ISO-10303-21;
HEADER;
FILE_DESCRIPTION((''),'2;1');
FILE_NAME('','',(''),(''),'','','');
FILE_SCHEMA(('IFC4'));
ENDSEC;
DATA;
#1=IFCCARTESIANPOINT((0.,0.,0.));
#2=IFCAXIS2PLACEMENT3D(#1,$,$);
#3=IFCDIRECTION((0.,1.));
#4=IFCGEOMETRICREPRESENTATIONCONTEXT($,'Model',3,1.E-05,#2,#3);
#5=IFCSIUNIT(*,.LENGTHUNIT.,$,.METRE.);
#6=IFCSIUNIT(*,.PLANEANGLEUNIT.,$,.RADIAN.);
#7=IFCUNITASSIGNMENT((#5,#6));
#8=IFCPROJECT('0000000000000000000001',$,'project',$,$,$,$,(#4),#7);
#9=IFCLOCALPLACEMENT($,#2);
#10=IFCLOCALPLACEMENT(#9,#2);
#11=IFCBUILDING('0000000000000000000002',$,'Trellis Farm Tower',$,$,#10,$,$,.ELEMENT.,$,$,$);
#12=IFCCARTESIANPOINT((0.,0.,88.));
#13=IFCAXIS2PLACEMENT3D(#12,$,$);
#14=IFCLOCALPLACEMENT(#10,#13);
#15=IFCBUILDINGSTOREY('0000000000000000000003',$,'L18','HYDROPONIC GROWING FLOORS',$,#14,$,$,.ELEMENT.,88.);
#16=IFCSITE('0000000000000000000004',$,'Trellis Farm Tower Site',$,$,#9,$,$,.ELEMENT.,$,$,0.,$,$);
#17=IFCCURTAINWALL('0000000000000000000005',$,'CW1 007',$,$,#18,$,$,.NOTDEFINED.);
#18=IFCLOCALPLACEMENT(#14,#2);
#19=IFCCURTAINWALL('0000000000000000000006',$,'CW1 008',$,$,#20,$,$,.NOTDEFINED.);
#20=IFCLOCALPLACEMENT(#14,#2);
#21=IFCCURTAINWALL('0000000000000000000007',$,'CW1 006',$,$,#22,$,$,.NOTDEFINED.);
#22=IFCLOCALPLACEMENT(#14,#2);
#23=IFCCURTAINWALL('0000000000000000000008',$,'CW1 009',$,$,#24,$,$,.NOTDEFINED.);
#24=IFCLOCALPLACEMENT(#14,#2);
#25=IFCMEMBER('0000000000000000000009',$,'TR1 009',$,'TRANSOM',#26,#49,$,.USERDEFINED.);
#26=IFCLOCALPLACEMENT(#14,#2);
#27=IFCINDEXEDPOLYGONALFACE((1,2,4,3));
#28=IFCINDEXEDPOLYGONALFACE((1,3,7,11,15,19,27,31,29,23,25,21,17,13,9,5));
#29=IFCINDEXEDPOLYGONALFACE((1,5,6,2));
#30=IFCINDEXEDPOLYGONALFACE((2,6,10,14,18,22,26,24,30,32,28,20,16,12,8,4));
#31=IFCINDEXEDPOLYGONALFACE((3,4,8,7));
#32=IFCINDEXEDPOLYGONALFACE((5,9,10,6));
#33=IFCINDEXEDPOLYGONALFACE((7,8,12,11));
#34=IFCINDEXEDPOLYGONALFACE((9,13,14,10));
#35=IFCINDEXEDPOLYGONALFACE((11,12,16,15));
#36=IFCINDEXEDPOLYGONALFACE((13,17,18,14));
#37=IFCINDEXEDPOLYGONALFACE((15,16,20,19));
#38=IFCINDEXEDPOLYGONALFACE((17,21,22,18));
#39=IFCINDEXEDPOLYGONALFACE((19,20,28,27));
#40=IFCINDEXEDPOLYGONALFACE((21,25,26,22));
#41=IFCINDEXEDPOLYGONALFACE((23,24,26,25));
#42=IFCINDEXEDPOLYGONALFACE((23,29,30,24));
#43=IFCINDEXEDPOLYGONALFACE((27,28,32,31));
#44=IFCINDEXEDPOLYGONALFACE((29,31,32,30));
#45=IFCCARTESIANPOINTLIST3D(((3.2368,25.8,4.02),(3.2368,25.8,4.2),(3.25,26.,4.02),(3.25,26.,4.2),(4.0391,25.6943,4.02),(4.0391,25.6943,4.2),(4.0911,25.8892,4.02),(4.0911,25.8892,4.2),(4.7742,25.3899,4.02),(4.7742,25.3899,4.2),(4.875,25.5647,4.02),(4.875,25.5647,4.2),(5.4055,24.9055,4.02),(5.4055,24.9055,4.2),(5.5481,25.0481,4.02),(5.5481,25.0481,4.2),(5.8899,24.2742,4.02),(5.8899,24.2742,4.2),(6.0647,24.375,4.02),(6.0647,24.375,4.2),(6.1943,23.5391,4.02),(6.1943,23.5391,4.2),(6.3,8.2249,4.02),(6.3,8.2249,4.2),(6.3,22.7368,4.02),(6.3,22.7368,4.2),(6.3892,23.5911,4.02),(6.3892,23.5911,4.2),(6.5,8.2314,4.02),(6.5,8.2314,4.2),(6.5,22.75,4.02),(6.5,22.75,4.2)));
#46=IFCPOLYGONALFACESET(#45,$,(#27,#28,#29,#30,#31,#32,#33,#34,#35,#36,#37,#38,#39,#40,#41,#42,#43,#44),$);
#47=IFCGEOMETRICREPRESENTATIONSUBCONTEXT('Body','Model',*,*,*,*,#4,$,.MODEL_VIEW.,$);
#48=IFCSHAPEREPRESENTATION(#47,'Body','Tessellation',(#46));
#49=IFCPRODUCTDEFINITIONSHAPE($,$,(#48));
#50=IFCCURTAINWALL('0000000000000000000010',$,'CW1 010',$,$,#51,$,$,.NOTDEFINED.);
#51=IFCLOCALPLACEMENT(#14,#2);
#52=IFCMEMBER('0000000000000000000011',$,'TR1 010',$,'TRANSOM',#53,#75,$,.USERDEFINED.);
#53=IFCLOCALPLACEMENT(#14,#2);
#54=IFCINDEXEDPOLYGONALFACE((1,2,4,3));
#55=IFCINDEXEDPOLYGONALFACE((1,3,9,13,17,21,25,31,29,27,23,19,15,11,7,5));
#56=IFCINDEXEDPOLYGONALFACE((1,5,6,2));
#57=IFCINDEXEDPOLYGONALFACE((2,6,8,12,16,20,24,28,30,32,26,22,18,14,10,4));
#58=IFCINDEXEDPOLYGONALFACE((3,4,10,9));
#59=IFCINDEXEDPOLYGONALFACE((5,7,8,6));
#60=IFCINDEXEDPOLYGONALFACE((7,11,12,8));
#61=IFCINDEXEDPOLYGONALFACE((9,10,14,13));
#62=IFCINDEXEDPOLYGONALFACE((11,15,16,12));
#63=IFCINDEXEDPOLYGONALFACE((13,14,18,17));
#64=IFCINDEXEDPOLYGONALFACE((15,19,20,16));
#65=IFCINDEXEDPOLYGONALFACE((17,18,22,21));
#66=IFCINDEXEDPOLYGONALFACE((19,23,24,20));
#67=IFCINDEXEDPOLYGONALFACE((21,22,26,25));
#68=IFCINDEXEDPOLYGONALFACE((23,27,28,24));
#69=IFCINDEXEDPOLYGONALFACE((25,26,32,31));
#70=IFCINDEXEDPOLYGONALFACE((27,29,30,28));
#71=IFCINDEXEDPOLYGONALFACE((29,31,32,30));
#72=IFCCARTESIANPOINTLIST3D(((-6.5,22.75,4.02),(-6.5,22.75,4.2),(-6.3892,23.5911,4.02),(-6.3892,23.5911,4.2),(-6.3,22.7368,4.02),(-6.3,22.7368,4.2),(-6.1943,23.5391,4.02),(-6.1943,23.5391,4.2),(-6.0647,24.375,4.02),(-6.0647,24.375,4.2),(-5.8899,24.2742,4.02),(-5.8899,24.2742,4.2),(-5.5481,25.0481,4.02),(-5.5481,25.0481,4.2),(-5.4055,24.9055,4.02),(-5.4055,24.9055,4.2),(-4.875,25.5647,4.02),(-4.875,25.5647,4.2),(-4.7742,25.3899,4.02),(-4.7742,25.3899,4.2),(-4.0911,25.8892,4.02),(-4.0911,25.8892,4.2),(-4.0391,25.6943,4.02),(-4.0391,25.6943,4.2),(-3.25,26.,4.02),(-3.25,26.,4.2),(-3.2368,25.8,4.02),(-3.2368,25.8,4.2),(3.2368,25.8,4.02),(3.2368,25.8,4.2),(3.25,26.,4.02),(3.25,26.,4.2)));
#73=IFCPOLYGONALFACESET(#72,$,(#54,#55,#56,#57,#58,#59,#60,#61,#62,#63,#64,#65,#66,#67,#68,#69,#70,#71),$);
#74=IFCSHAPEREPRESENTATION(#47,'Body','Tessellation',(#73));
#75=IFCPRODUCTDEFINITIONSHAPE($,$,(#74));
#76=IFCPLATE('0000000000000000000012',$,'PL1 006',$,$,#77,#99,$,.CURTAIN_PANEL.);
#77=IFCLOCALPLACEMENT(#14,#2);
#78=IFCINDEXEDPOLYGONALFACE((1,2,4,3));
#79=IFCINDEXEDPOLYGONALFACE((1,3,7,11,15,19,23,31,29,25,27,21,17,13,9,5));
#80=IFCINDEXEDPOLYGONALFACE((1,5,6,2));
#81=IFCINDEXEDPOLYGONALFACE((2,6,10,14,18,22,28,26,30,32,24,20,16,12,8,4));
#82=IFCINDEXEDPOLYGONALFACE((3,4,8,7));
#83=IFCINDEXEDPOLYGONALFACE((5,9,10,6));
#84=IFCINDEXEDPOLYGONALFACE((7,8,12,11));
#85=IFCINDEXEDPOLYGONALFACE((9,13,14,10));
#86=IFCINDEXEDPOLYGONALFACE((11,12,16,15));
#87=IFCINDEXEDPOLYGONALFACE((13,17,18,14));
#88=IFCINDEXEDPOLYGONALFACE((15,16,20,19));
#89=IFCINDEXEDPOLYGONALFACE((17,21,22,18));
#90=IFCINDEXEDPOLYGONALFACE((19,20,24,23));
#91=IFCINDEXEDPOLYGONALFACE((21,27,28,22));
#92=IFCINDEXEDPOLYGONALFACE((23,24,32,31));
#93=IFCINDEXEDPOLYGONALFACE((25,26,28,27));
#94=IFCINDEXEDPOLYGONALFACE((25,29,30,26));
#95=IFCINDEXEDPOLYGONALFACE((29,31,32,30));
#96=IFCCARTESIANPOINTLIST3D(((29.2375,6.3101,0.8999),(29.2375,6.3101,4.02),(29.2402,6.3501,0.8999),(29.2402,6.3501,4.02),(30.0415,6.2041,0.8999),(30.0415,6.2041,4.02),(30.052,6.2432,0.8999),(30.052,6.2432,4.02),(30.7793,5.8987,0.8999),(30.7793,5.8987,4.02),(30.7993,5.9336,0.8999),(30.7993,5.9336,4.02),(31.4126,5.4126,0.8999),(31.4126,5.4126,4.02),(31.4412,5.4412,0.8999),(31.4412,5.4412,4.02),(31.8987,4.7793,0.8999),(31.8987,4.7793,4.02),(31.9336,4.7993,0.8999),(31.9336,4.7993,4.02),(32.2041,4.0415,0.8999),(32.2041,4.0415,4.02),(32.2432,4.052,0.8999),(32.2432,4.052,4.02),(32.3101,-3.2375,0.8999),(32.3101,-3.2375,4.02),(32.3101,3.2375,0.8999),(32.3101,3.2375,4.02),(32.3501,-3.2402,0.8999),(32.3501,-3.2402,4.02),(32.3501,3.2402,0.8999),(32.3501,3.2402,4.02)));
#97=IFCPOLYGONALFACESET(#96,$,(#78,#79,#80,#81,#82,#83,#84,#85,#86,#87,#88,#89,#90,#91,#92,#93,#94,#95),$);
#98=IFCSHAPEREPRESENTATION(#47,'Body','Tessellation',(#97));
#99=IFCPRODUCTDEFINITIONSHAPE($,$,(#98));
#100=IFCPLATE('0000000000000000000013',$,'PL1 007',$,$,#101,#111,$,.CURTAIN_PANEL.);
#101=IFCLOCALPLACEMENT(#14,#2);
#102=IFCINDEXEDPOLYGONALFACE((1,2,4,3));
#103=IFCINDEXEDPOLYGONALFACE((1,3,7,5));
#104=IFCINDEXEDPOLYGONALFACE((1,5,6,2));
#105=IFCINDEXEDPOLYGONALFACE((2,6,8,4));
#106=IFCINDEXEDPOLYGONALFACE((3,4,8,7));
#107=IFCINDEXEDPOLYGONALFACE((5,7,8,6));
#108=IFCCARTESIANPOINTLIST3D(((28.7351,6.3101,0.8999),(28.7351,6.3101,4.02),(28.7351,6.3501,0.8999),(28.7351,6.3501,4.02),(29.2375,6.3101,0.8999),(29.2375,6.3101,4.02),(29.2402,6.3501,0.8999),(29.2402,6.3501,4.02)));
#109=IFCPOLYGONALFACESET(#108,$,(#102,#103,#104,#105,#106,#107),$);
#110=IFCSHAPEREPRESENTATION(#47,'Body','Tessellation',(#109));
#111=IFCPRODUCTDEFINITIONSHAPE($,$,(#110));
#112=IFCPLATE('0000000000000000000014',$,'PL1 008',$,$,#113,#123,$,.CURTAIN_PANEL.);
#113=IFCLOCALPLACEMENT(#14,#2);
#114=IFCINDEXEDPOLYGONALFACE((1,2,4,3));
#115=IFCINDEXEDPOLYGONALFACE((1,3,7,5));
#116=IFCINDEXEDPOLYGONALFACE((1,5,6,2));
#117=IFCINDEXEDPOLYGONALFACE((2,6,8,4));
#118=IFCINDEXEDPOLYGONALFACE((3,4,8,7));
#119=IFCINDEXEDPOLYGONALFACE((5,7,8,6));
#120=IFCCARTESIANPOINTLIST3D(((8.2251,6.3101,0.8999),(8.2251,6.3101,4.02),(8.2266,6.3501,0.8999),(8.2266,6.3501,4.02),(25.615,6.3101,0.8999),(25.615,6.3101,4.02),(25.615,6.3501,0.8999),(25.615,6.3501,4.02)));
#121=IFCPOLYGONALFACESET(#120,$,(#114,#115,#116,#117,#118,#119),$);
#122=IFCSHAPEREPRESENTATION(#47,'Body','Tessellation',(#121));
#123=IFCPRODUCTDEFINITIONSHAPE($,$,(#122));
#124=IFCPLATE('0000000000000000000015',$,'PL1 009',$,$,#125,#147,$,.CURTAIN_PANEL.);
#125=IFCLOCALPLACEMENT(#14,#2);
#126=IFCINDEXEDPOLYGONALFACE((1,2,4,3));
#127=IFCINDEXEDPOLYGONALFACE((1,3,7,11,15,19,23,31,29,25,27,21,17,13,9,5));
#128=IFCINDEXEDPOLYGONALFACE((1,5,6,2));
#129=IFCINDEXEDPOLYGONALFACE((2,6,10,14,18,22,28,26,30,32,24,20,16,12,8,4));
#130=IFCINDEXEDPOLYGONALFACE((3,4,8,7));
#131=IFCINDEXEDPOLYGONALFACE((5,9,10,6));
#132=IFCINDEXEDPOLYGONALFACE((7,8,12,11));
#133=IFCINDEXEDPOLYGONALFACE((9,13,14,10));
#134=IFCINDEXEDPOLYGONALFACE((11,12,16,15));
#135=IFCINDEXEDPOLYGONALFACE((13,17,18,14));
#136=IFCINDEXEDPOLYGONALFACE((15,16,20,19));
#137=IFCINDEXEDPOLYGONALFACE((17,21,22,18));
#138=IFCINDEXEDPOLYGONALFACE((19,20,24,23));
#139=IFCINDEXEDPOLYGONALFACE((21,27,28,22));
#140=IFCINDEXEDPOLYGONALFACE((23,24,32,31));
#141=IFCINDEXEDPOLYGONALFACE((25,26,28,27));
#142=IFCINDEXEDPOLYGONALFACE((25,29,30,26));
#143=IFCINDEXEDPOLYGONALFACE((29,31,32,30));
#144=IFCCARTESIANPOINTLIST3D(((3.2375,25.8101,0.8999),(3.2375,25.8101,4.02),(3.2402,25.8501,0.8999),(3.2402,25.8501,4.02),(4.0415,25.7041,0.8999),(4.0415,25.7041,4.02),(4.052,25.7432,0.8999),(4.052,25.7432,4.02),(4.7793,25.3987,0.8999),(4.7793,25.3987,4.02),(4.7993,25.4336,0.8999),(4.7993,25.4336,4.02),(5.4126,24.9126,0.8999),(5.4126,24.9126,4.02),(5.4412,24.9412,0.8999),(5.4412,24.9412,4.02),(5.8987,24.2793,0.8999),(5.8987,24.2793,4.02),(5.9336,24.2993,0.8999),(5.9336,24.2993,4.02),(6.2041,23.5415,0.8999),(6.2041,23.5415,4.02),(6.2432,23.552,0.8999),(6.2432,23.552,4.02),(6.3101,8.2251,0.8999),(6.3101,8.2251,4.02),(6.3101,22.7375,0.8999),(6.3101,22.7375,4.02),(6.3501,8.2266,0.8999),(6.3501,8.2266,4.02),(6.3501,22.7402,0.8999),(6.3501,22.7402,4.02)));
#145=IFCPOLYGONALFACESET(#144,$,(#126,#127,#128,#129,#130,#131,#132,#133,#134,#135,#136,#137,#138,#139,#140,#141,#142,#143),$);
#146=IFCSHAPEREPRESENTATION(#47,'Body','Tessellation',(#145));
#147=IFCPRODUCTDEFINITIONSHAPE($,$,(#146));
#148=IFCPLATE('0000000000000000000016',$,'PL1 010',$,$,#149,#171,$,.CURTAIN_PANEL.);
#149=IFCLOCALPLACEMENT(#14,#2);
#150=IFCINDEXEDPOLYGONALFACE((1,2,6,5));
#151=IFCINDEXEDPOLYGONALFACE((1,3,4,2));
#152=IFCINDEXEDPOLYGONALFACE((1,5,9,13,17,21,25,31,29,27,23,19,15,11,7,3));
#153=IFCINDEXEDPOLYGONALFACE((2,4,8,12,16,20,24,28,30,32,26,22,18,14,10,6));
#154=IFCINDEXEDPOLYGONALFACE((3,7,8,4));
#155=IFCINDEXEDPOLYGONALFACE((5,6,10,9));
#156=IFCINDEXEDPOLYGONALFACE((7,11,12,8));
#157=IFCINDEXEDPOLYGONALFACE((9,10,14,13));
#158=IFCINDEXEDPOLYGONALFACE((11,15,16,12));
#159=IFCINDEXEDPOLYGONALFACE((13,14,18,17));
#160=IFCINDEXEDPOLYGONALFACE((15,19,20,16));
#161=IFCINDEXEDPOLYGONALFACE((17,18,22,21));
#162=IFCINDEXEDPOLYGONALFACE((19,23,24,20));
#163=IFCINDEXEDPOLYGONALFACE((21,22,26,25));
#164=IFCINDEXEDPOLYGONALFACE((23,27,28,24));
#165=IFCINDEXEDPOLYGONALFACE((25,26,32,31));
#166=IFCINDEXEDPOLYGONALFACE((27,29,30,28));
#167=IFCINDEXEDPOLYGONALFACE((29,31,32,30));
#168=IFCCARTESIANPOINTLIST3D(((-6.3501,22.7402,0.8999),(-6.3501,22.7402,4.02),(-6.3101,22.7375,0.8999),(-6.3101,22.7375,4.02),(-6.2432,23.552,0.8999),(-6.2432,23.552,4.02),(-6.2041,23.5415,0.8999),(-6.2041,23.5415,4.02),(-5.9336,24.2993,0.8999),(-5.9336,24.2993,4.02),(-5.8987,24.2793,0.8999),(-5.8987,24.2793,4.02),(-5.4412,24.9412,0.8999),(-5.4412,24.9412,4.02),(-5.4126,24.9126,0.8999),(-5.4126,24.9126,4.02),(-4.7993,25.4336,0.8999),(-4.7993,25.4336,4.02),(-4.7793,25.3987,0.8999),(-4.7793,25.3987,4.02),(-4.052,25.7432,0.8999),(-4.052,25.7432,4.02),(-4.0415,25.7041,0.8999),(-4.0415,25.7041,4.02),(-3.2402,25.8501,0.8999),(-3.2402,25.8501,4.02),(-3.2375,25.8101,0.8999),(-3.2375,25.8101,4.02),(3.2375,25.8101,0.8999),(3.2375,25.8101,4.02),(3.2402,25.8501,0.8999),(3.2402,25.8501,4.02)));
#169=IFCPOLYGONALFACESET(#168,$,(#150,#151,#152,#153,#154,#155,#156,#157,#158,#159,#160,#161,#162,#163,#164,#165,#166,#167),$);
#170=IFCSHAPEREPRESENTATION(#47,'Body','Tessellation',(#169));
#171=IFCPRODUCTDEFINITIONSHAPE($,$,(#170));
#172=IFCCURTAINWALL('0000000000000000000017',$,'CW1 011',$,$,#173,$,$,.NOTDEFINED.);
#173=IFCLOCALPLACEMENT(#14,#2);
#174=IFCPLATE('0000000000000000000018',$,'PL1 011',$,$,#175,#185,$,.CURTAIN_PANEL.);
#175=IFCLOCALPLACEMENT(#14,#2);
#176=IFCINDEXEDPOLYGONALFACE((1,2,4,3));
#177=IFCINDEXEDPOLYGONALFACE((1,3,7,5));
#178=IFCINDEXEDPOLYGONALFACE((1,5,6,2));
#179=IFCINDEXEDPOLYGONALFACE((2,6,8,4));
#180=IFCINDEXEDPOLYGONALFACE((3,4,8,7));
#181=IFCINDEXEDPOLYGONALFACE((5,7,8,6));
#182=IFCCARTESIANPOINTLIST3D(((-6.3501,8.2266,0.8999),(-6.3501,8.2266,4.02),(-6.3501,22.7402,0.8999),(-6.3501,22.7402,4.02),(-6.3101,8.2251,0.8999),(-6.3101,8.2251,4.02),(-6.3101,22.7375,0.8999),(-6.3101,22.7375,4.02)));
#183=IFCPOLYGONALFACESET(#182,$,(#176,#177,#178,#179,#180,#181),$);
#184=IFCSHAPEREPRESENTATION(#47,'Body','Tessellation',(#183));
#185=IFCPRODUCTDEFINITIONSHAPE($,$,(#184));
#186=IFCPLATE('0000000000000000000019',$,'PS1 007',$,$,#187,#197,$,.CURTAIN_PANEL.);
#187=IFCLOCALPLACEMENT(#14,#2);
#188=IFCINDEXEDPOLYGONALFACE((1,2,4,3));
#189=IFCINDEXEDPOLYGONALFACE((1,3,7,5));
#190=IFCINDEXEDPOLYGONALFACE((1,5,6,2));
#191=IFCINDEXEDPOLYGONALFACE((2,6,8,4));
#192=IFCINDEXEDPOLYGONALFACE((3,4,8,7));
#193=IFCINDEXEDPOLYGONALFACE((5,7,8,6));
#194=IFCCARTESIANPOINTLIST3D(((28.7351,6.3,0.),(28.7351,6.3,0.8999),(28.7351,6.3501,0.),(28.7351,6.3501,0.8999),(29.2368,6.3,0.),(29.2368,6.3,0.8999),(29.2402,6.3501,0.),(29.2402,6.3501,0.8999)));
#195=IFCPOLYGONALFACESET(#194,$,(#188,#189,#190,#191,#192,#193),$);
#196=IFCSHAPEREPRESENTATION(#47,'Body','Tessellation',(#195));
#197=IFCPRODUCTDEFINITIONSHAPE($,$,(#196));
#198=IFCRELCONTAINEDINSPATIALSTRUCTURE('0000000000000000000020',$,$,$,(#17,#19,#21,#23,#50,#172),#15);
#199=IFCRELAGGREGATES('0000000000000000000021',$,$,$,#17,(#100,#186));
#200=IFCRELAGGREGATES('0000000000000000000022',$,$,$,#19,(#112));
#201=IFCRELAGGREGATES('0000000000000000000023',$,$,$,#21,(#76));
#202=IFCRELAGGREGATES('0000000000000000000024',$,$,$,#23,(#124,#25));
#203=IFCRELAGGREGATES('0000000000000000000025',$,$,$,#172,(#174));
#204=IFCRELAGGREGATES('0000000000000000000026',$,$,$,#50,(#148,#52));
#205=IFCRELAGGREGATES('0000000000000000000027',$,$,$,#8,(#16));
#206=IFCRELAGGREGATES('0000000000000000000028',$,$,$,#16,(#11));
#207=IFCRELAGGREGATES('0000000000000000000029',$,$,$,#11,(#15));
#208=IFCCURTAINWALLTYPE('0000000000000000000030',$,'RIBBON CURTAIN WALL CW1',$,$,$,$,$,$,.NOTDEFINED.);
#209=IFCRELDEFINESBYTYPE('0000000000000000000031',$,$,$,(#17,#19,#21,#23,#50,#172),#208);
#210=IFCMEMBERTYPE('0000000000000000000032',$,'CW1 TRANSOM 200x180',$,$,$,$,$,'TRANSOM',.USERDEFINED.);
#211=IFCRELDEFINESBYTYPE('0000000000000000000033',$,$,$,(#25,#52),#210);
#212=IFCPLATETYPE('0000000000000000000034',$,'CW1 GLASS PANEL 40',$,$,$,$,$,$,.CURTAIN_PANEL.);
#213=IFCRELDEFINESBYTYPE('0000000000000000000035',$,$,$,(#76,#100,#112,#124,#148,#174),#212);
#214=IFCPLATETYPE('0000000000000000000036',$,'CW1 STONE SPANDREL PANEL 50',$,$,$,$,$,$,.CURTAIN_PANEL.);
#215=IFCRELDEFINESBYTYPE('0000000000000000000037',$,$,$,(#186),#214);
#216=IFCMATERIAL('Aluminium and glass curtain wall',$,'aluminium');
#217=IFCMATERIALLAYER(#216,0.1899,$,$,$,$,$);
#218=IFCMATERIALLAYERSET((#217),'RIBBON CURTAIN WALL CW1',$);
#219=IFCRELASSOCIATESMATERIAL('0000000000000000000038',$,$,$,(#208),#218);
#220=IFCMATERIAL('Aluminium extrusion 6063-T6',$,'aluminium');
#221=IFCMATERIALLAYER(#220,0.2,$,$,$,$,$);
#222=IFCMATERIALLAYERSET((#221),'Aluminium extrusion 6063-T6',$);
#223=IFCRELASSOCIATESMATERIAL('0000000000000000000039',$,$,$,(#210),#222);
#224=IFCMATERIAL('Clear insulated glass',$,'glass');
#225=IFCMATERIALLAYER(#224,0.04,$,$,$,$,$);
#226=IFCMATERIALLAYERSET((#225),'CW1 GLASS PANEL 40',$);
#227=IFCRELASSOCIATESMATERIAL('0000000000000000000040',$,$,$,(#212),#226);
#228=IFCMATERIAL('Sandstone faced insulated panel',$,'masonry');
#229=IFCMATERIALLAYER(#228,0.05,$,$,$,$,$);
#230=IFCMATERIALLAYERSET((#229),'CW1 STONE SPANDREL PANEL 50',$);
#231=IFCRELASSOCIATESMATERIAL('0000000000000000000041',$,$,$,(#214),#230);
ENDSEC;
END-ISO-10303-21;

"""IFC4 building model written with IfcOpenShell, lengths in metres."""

from ifc_helpers import new_model, si_unit, direction, frame, origin, place, context, subcontext, project, spatial, polyline, outline, extrude, source, transform, mapped, material, layer, layer_set, type_object, element, aggregate, save


model = new_model("IFC4")

# Units and contexts
model_context = context("Model", 3, precision=1e-05, world=origin(), true_north=direction((0.0, 1.0)))
body_context = subcontext(model_context, "Body", "Model", "MODEL_VIEW")
ifc_project = project(units=[si_unit("LENGTHUNIT", "METRE"), si_unit("PLANEANGLEUNIT", "RADIAN")], contexts=[model_context])

# Site, building, storey
site_placement = place(None, origin())
site = spatial("IfcSite", under=ifc_project, at=site_placement, Name="Trellis Farm Tower Site", CompositionType="ELEMENT", RefElevation=0.0)
building_placement = place(site_placement, origin())
building = spatial("IfcBuilding", under=site, at=building_placement, Name="Trellis Farm Tower", CompositionType="ELEMENT")
storey_placement = place(building_placement, frame((0.0, 0.0, 88.0)))
storey = spatial("IfcBuildingStorey", under=building, at=storey_placement, Name="L18", Description="HYDROPONIC GROWING FLOORS", CompositionType="ELEMENT", Elevation=88.0)

# Curtain walls
ifc_material_1 = material(Name="Aluminium and glass curtain wall", Category="aluminium")
ifc_layer_1 = layer(ifc_material_1, 0.1899)
ifc_layer_set_1 = layer_set([ifc_layer_1], Name="RIBBON CURTAIN WALL CW1")
curtain_wall_type_1 = type_object("IfcCurtainWallType", Name="RIBBON CURTAIN WALL CW1", PredefinedType="NOTDEFINED", material=ifc_layer_set_1)
placement_1 = place(storey_placement, origin())
curtain_wall_1 = element("IfcCurtainWall", 1, at=placement_1, inside=storey, type_object=curtain_wall_type_1, Name="CW1 007", PredefinedType="NOTDEFINED")
ifc_material_2 = material(Name="Aluminium extrusion 6063-T6", Category="aluminium")
ifc_layer_2 = layer(ifc_material_2, 0.2)
ifc_layer_set_2 = layer_set([ifc_layer_2], Name="Aluminium extrusion 6063-T6")
member_type_1 = type_object("IfcMemberType", Name="CW1 TRANSOM 200x180", ElementType="TRANSOM", PredefinedType="USERDEFINED", material=ifc_layer_set_2)
placement_2 = place(storey_placement, frame((0.0, 0.0, 4.02)))
curtain_wall_2 = element("IfcCurtainWall", 2, at=placement_1, inside=storey, type_object=curtain_wall_type_1, Name="CW1 008", PredefinedType="NOTDEFINED")

# Curtain walls, members
curtain_wall_3 = element("IfcCurtainWall", 3, at=placement_1, inside=storey, type_object=curtain_wall_type_1, Name="CW1 006", PredefinedType="NOTDEFINED")
curtain_wall_4 = element("IfcCurtainWall", 4, at=placement_1, inside=storey, type_object=curtain_wall_type_1, Name="CW1 009", PredefinedType="NOTDEFINED")
shared_shape_1 = source(origin(), body_context, "Body", "SweptSolid", [
    extrude(outline(polyline([(6.5, 8.2314), (6.5, 22.75), (6.3892, 23.5911), (6.0647, 24.375), (5.5481, 25.0481), (4.875, 25.5647), (4.0911, 25.8892), (3.25, 26.0), (3.2368, 25.8), (4.0391, 25.6943), (4.7742, 25.3899), (5.4055, 24.9055), (5.8899, 24.2742), (6.1943, 23.5391), (6.3, 22.7368), (6.3, 8.2249), (6.5, 8.2314)])), origin(), (0.0, 0.0, 1.0), 0.1799),
])
member_1 = element("IfcMember", 5, at=placement_2, type_object=member_type_1, Name="TR1 009", ObjectType="TRANSOM", PredefinedType="USERDEFINED", context=body_context, shape_type="MappedRepresentation", body=[
    mapped(shared_shape_1, transform((0.0, 0.0, 0.0))),
])
curtain_wall_5 = element("IfcCurtainWall", 6, at=placement_1, inside=storey, type_object=curtain_wall_type_1, Name="CW1 010", PredefinedType="NOTDEFINED")
shared_shape_2 = source(origin(), body_context, "Body", "SweptSolid", [
    extrude(outline(polyline([(3.25, 26.0), (-3.25, 26.0), (-4.0911, 25.8892), (-4.875, 25.5647), (-5.5481, 25.0481), (-6.0647, 24.375), (-6.3892, 23.5911), (-6.5, 22.75), (-6.3, 22.7368), (-6.1943, 23.5391), (-5.8899, 24.2742), (-5.4055, 24.9055), (-4.7742, 25.3899), (-4.0391, 25.6943), (-3.2368, 25.8), (3.2368, 25.8), (3.25, 26.0)])), origin(), (0.0, 0.0, 1.0), 0.1799),
])
member_2 = element("IfcMember", 7, at=placement_2, type_object=member_type_1, Name="TR1 010", ObjectType="TRANSOM", PredefinedType="USERDEFINED", context=body_context, shape_type="MappedRepresentation", body=[
    mapped(shared_shape_2, transform((0.0, 0.0, 0.0))),
])

# Plates
ifc_material_3 = material(Name="Clear insulated glass", Category="glass")
ifc_layer_3 = layer(ifc_material_3, 0.04)
ifc_layer_set_3 = layer_set([ifc_layer_3], Name="CW1 GLASS PANEL 40")
plate_type_1 = type_object("IfcPlateType", Name="CW1 GLASS PANEL 40", PredefinedType="CURTAIN_PANEL", material=ifc_layer_set_3)
placement_3 = place(storey_placement, frame((0.0, 0.0, 0.8999)))
plate_1 = element("IfcPlate", 8, at=placement_3, type_object=plate_type_1, Name="PL1 006", PredefinedType="CURTAIN_PANEL", context=body_context, shape_type="SweptSolid", body=[
    extrude(outline(polyline([(32.3501, -3.2402), (32.3501, 3.2402), (32.2432, 4.052), (31.9336, 4.7993), (31.4412, 5.4412), (30.7993, 5.9336), (30.052, 6.2432), (29.2402, 6.3501), (29.2375, 6.3101), (30.0415, 6.2041), (30.7793, 5.8987), (31.4126, 5.4126), (31.8987, 4.7793), (32.2041, 4.0415), (32.3101, 3.2375), (32.3101, -3.2375), (32.3501, -3.2402)])), origin(), (0.0, 0.0, 1.0), 3.1201),
])
plate_2 = element("IfcPlate", 9, at=placement_3, type_object=plate_type_1, Name="PL1 007", PredefinedType="CURTAIN_PANEL", context=body_context, shape_type="SweptSolid", body=[
    extrude(outline(polyline([(29.2402, 6.3501), (28.7351, 6.3501), (28.7351, 6.3101), (29.2375, 6.3101), (29.2402, 6.3501)])), origin(), (0.0, 0.0, 1.0), 3.1201),
])
plate_3 = element("IfcPlate", 10, at=placement_3, type_object=plate_type_1, Name="PL1 008", PredefinedType="CURTAIN_PANEL", context=body_context, shape_type="SweptSolid", body=[
    extrude(outline(polyline([(25.615, 6.3501), (8.2266, 6.3501), (8.2251, 6.3101), (25.615, 6.3101), (25.615, 6.3501)])), origin(), (0.0, 0.0, 1.0), 3.1201),
])
plate_4 = element("IfcPlate", 11, at=placement_3, type_object=plate_type_1, Name="PL1 009", PredefinedType="CURTAIN_PANEL", context=body_context, shape_type="SweptSolid", body=[
    extrude(outline(polyline([(6.3501, 8.2266), (6.3501, 22.7402), (6.2432, 23.552), (5.9336, 24.2993), (5.4412, 24.9412), (4.7993, 25.4336), (4.052, 25.7432), (3.2402, 25.8501), (3.2375, 25.8101), (4.0415, 25.7041), (4.7793, 25.3987), (5.4126, 24.9126), (5.8987, 24.2793), (6.2041, 23.5415), (6.3101, 22.7375), (6.3101, 8.2251), (6.3501, 8.2266)])), origin(), (0.0, 0.0, 1.0), 3.1201),
])
plate_5 = element("IfcPlate", 12, at=placement_3, type_object=plate_type_1, Name="PL1 010", PredefinedType="CURTAIN_PANEL", context=body_context, shape_type="SweptSolid", body=[
    extrude(outline(polyline([(3.2402, 25.8501), (-3.2402, 25.8501), (-4.052, 25.7432), (-4.7993, 25.4336), (-5.4412, 24.9412), (-5.9336, 24.2993), (-6.2432, 23.552), (-6.3501, 22.7402), (-6.3101, 22.7375), (-6.2041, 23.5415), (-5.8987, 24.2793), (-5.4126, 24.9126), (-4.7793, 25.3987), (-4.0415, 25.7041), (-3.2375, 25.8101), (3.2375, 25.8101), (3.2402, 25.8501)])), origin(), (0.0, 0.0, 1.0), 3.1201),
])

# Curtain wall, plate
curtain_wall_6 = element("IfcCurtainWall", 13, at=placement_1, inside=storey, type_object=curtain_wall_type_1, Name="CW1 011", PredefinedType="NOTDEFINED")
plate_6 = element("IfcPlate", 14, at=placement_3, type_object=plate_type_1, Name="PL1 011", PredefinedType="CURTAIN_PANEL", context=body_context, shape_type="SweptSolid", body=[
    extrude(outline(polyline([(-6.3501, 22.7402), (-6.3501, 8.2266), (-6.3101, 8.2251), (-6.3101, 22.7375), (-6.3501, 22.7402)])), origin(), (0.0, 0.0, 1.0), 3.1201),
])

# Plate
ifc_material_4 = material(Name="Sandstone faced insulated panel", Category="masonry")
ifc_layer_4 = layer(ifc_material_4, 0.05)
ifc_layer_set_4 = layer_set([ifc_layer_4], Name="CW1 STONE SPANDREL PANEL 50")
plate_type_2 = type_object("IfcPlateType", Name="CW1 STONE SPANDREL PANEL 50", PredefinedType="CURTAIN_PANEL", material=ifc_layer_set_4)
plate_7 = element("IfcPlate", 15, at=placement_1, type_object=plate_type_2, Name="PS1 007", PredefinedType="CURTAIN_PANEL", context=body_context, shape_type="SweptSolid", body=[
    extrude(outline(polyline([(29.2402, 6.3501), (28.7351, 6.3501), (28.7351, 6.3), (29.2368, 6.3), (29.2402, 6.3501)])), origin(), (0.0, 0.0, 1.0), 0.8999),
])
aggregate(curtain_wall_1, [plate_2, plate_7])
aggregate(curtain_wall_2, [plate_3])
aggregate(curtain_wall_3, [plate_1])
aggregate(curtain_wall_4, [plate_4, member_1])
aggregate(curtain_wall_6, [plate_6])
aggregate(curtain_wall_5, [plate_5, member_2])

save(model, "model.ifc")
